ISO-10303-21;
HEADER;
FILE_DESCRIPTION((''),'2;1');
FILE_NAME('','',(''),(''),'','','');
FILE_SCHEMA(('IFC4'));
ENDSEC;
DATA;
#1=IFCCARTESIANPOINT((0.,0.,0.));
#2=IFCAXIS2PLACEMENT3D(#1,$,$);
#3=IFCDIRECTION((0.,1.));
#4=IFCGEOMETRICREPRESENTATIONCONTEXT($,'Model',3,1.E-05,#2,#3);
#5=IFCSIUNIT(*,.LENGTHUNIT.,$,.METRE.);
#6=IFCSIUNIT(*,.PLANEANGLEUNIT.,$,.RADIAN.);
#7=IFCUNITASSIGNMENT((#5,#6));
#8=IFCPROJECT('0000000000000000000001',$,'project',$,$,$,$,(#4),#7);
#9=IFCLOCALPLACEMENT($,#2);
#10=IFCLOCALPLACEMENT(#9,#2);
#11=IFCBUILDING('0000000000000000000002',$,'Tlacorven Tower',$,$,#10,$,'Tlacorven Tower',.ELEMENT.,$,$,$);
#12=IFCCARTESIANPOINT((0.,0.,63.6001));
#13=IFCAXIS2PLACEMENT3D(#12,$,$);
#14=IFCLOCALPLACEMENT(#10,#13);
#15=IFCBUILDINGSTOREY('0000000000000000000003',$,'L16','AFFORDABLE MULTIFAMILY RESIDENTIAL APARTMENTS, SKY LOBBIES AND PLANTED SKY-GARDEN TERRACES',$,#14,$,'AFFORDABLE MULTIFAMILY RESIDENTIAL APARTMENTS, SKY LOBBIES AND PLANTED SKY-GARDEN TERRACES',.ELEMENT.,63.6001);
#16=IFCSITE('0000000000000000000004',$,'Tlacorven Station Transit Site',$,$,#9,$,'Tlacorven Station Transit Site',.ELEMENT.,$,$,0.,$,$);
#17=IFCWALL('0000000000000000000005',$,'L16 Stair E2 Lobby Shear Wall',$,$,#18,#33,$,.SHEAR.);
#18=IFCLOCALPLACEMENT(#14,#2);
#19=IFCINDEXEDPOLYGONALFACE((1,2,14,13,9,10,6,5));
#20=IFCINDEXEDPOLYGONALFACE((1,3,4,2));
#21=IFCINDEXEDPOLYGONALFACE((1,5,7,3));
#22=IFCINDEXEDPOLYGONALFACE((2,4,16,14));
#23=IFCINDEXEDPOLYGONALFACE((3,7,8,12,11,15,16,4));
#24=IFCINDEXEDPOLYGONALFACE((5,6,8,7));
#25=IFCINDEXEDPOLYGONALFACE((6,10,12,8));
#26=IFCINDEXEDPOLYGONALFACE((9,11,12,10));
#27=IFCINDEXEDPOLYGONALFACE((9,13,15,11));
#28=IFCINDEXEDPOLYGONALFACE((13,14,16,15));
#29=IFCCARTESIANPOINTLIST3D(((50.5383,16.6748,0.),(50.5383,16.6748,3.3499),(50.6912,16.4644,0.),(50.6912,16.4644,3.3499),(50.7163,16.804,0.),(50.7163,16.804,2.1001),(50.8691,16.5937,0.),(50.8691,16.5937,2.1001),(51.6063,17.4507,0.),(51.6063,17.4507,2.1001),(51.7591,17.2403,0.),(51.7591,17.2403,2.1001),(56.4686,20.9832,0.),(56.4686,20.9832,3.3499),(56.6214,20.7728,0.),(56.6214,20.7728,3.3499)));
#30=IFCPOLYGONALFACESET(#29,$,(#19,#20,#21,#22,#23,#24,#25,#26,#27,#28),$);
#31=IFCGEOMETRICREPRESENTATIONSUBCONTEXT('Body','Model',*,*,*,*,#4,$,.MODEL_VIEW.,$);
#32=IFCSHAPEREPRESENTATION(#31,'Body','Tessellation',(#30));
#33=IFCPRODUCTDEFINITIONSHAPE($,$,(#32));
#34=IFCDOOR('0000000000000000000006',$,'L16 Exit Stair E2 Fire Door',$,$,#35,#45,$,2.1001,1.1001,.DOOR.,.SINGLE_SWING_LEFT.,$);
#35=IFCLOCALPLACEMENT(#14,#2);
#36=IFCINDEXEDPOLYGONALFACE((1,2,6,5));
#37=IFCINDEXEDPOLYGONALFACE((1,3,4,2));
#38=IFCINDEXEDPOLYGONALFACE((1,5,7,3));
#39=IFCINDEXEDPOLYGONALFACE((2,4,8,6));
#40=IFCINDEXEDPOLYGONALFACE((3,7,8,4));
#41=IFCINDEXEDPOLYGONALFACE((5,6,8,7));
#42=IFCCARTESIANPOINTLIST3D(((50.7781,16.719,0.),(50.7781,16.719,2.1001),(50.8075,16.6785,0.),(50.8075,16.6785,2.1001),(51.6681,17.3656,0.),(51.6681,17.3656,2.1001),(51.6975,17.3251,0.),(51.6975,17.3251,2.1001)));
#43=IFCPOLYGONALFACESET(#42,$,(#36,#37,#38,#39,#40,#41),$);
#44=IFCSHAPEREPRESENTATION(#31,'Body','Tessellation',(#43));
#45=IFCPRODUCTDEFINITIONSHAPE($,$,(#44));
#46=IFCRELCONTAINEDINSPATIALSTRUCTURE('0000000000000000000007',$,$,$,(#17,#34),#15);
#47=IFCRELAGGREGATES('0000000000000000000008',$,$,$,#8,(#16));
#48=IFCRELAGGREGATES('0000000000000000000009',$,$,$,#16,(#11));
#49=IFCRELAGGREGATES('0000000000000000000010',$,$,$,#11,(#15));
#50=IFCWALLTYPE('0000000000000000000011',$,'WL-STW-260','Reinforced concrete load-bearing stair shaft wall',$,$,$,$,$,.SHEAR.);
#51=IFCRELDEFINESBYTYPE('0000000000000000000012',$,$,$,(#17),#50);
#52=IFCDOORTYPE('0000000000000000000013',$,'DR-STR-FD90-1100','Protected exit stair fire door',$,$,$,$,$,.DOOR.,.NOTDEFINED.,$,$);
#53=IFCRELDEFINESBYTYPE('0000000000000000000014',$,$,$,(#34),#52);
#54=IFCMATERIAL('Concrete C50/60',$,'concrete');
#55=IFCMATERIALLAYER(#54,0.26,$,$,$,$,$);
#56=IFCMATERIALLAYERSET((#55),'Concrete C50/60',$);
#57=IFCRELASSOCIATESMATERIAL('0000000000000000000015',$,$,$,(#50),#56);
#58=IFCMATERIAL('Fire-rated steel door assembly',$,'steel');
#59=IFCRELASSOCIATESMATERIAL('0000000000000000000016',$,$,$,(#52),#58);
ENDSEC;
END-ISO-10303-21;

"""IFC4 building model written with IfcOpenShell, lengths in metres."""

from ifc_helpers import new_model, si_unit, direction, frame, frame_2d, origin, place, context, subcontext, project, spatial, rectangle, extrude, source, transform, mapped, material, layer, layer_set, type_object, element, fill, save


model = new_model("IFC4")

# Units and contexts
model_context = context("Model", 3, precision=1e-05, world=origin(), true_north=direction((0.0, 1.0)))
body_context = subcontext(model_context, "Body", "Model", "MODEL_VIEW")
ifc_project = project(units=[si_unit("LENGTHUNIT", "METRE"), si_unit("PLANEANGLEUNIT", "RADIAN")], contexts=[model_context])

# Site, building, storey
site_placement = place(None, origin())
site = spatial("IfcSite", under=ifc_project, at=site_placement, Name="Tlacorven Station Transit Site", LongName="Tlacorven Station Transit Site", CompositionType="ELEMENT", RefElevation=0.0)
building_placement = place(site_placement, origin())
building = spatial("IfcBuilding", under=site, at=building_placement, Name="Tlacorven Tower", LongName="Tlacorven Tower", CompositionType="ELEMENT")
storey_placement = place(building_placement, frame((0.0, 0.0, 63.6001)))
storey = spatial("IfcBuildingStorey", under=building, at=storey_placement, Name="L16", Description="AFFORDABLE MULTIFAMILY RESIDENTIAL APARTMENTS, SKY LOBBIES AND PLANTED SKY-GARDEN TERRACES", LongName="AFFORDABLE MULTIFAMILY RESIDENTIAL APARTMENTS, SKY LOBBIES AND PLANTED SKY-GARDEN TERRACES", CompositionType="ELEMENT", Elevation=63.6001)

# Wall, opening, door
ifc_material_1 = material(Name="Fire-rated steel door assembly", Category="steel")
ifc_material_2 = material(Name="Concrete C50/60", Category="concrete")
ifc_layer_1 = layer(ifc_material_2, 0.26)
ifc_layer_set_1 = layer_set([ifc_layer_1], Name="Concrete C50/60")
wall_type_1 = type_object("IfcWallType", Name="WL-STW-260", Description="Reinforced concrete load-bearing stair shaft wall", PredefinedType="SHEAR", material=ifc_layer_set_1)
wall_1_placement = place(storey_placement, frame((50.6147, 16.5696, 0.0), z_axis=(0.0, 0.0, 1.0), x_axis=(0.809028, 0.58777, 0.0)))
wall_1 = element("IfcWall", 1, at=wall_1_placement, inside=storey, type_object=wall_type_1, Name="L16 Stair E2 Lobby Shear Wall", PredefinedType="SHEAR", context=body_context, shape_type="SweptSolid", body=[
    extrude(rectangle(XDim=7.3301, YDim=0.26, at=frame_2d((3.665, 0.0))), origin(), (0.0, 0.0, 1.0), 3.3499),
])
opening_1_placement = place(wall_1_placement, frame((0.22, 0.0, 0.0)))
opening_1 = element("IfcOpeningElement", 2, at=opening_1_placement, cuts=wall_1, PredefinedType="OPENING", context=body_context, shape_type="SweptSolid", body=[
    extrude(rectangle(XDim=1.1001, YDim=2.1001, at=frame_2d((0.55, 1.05))), frame((0.0, 0.1401, 0.0), z_axis=(0.0, -1.0, 0.0), x_axis=(1.0, 0.0, 0.0)), (0.0, 0.0, 1.0), 0.28),
])
door_type_1 = type_object("IfcDoorType", Name="DR-STR-FD90-1100", Description="Protected exit stair fire door", OperationType="NOTDEFINED", PredefinedType="DOOR", material=ifc_material_1)
shared_shape_1 = source(origin(), body_context, "Body", "SweptSolid", [
    extrude(rectangle(XDim=1.1001, YDim=2.1001, at=frame_2d((0.55, 1.05))), frame((0.0, 0.0249, 0.0), z_axis=(0.0, -1.0, 0.0), x_axis=(1.0, 0.0, 0.0)), (0.0, 0.0, 1.0), 0.05),
])
door_1_placement = place(opening_1_placement, origin())
door_1 = element("IfcDoor", 3, at=door_1_placement, inside=storey, type_object=door_type_1, Name="L16 Exit Stair E2 Fire Door", OperationType="SINGLE_SWING_LEFT", OverallHeight=2.1001, OverallWidth=1.1001, PredefinedType="DOOR", context=body_context, shape_type="MappedRepresentation", body=[
    mapped(shared_shape_1, transform((0.0, 0.0, 0.0), scale=1.0)),
])
fill(opening_1, door_1)

save(model, "model.ifc")
